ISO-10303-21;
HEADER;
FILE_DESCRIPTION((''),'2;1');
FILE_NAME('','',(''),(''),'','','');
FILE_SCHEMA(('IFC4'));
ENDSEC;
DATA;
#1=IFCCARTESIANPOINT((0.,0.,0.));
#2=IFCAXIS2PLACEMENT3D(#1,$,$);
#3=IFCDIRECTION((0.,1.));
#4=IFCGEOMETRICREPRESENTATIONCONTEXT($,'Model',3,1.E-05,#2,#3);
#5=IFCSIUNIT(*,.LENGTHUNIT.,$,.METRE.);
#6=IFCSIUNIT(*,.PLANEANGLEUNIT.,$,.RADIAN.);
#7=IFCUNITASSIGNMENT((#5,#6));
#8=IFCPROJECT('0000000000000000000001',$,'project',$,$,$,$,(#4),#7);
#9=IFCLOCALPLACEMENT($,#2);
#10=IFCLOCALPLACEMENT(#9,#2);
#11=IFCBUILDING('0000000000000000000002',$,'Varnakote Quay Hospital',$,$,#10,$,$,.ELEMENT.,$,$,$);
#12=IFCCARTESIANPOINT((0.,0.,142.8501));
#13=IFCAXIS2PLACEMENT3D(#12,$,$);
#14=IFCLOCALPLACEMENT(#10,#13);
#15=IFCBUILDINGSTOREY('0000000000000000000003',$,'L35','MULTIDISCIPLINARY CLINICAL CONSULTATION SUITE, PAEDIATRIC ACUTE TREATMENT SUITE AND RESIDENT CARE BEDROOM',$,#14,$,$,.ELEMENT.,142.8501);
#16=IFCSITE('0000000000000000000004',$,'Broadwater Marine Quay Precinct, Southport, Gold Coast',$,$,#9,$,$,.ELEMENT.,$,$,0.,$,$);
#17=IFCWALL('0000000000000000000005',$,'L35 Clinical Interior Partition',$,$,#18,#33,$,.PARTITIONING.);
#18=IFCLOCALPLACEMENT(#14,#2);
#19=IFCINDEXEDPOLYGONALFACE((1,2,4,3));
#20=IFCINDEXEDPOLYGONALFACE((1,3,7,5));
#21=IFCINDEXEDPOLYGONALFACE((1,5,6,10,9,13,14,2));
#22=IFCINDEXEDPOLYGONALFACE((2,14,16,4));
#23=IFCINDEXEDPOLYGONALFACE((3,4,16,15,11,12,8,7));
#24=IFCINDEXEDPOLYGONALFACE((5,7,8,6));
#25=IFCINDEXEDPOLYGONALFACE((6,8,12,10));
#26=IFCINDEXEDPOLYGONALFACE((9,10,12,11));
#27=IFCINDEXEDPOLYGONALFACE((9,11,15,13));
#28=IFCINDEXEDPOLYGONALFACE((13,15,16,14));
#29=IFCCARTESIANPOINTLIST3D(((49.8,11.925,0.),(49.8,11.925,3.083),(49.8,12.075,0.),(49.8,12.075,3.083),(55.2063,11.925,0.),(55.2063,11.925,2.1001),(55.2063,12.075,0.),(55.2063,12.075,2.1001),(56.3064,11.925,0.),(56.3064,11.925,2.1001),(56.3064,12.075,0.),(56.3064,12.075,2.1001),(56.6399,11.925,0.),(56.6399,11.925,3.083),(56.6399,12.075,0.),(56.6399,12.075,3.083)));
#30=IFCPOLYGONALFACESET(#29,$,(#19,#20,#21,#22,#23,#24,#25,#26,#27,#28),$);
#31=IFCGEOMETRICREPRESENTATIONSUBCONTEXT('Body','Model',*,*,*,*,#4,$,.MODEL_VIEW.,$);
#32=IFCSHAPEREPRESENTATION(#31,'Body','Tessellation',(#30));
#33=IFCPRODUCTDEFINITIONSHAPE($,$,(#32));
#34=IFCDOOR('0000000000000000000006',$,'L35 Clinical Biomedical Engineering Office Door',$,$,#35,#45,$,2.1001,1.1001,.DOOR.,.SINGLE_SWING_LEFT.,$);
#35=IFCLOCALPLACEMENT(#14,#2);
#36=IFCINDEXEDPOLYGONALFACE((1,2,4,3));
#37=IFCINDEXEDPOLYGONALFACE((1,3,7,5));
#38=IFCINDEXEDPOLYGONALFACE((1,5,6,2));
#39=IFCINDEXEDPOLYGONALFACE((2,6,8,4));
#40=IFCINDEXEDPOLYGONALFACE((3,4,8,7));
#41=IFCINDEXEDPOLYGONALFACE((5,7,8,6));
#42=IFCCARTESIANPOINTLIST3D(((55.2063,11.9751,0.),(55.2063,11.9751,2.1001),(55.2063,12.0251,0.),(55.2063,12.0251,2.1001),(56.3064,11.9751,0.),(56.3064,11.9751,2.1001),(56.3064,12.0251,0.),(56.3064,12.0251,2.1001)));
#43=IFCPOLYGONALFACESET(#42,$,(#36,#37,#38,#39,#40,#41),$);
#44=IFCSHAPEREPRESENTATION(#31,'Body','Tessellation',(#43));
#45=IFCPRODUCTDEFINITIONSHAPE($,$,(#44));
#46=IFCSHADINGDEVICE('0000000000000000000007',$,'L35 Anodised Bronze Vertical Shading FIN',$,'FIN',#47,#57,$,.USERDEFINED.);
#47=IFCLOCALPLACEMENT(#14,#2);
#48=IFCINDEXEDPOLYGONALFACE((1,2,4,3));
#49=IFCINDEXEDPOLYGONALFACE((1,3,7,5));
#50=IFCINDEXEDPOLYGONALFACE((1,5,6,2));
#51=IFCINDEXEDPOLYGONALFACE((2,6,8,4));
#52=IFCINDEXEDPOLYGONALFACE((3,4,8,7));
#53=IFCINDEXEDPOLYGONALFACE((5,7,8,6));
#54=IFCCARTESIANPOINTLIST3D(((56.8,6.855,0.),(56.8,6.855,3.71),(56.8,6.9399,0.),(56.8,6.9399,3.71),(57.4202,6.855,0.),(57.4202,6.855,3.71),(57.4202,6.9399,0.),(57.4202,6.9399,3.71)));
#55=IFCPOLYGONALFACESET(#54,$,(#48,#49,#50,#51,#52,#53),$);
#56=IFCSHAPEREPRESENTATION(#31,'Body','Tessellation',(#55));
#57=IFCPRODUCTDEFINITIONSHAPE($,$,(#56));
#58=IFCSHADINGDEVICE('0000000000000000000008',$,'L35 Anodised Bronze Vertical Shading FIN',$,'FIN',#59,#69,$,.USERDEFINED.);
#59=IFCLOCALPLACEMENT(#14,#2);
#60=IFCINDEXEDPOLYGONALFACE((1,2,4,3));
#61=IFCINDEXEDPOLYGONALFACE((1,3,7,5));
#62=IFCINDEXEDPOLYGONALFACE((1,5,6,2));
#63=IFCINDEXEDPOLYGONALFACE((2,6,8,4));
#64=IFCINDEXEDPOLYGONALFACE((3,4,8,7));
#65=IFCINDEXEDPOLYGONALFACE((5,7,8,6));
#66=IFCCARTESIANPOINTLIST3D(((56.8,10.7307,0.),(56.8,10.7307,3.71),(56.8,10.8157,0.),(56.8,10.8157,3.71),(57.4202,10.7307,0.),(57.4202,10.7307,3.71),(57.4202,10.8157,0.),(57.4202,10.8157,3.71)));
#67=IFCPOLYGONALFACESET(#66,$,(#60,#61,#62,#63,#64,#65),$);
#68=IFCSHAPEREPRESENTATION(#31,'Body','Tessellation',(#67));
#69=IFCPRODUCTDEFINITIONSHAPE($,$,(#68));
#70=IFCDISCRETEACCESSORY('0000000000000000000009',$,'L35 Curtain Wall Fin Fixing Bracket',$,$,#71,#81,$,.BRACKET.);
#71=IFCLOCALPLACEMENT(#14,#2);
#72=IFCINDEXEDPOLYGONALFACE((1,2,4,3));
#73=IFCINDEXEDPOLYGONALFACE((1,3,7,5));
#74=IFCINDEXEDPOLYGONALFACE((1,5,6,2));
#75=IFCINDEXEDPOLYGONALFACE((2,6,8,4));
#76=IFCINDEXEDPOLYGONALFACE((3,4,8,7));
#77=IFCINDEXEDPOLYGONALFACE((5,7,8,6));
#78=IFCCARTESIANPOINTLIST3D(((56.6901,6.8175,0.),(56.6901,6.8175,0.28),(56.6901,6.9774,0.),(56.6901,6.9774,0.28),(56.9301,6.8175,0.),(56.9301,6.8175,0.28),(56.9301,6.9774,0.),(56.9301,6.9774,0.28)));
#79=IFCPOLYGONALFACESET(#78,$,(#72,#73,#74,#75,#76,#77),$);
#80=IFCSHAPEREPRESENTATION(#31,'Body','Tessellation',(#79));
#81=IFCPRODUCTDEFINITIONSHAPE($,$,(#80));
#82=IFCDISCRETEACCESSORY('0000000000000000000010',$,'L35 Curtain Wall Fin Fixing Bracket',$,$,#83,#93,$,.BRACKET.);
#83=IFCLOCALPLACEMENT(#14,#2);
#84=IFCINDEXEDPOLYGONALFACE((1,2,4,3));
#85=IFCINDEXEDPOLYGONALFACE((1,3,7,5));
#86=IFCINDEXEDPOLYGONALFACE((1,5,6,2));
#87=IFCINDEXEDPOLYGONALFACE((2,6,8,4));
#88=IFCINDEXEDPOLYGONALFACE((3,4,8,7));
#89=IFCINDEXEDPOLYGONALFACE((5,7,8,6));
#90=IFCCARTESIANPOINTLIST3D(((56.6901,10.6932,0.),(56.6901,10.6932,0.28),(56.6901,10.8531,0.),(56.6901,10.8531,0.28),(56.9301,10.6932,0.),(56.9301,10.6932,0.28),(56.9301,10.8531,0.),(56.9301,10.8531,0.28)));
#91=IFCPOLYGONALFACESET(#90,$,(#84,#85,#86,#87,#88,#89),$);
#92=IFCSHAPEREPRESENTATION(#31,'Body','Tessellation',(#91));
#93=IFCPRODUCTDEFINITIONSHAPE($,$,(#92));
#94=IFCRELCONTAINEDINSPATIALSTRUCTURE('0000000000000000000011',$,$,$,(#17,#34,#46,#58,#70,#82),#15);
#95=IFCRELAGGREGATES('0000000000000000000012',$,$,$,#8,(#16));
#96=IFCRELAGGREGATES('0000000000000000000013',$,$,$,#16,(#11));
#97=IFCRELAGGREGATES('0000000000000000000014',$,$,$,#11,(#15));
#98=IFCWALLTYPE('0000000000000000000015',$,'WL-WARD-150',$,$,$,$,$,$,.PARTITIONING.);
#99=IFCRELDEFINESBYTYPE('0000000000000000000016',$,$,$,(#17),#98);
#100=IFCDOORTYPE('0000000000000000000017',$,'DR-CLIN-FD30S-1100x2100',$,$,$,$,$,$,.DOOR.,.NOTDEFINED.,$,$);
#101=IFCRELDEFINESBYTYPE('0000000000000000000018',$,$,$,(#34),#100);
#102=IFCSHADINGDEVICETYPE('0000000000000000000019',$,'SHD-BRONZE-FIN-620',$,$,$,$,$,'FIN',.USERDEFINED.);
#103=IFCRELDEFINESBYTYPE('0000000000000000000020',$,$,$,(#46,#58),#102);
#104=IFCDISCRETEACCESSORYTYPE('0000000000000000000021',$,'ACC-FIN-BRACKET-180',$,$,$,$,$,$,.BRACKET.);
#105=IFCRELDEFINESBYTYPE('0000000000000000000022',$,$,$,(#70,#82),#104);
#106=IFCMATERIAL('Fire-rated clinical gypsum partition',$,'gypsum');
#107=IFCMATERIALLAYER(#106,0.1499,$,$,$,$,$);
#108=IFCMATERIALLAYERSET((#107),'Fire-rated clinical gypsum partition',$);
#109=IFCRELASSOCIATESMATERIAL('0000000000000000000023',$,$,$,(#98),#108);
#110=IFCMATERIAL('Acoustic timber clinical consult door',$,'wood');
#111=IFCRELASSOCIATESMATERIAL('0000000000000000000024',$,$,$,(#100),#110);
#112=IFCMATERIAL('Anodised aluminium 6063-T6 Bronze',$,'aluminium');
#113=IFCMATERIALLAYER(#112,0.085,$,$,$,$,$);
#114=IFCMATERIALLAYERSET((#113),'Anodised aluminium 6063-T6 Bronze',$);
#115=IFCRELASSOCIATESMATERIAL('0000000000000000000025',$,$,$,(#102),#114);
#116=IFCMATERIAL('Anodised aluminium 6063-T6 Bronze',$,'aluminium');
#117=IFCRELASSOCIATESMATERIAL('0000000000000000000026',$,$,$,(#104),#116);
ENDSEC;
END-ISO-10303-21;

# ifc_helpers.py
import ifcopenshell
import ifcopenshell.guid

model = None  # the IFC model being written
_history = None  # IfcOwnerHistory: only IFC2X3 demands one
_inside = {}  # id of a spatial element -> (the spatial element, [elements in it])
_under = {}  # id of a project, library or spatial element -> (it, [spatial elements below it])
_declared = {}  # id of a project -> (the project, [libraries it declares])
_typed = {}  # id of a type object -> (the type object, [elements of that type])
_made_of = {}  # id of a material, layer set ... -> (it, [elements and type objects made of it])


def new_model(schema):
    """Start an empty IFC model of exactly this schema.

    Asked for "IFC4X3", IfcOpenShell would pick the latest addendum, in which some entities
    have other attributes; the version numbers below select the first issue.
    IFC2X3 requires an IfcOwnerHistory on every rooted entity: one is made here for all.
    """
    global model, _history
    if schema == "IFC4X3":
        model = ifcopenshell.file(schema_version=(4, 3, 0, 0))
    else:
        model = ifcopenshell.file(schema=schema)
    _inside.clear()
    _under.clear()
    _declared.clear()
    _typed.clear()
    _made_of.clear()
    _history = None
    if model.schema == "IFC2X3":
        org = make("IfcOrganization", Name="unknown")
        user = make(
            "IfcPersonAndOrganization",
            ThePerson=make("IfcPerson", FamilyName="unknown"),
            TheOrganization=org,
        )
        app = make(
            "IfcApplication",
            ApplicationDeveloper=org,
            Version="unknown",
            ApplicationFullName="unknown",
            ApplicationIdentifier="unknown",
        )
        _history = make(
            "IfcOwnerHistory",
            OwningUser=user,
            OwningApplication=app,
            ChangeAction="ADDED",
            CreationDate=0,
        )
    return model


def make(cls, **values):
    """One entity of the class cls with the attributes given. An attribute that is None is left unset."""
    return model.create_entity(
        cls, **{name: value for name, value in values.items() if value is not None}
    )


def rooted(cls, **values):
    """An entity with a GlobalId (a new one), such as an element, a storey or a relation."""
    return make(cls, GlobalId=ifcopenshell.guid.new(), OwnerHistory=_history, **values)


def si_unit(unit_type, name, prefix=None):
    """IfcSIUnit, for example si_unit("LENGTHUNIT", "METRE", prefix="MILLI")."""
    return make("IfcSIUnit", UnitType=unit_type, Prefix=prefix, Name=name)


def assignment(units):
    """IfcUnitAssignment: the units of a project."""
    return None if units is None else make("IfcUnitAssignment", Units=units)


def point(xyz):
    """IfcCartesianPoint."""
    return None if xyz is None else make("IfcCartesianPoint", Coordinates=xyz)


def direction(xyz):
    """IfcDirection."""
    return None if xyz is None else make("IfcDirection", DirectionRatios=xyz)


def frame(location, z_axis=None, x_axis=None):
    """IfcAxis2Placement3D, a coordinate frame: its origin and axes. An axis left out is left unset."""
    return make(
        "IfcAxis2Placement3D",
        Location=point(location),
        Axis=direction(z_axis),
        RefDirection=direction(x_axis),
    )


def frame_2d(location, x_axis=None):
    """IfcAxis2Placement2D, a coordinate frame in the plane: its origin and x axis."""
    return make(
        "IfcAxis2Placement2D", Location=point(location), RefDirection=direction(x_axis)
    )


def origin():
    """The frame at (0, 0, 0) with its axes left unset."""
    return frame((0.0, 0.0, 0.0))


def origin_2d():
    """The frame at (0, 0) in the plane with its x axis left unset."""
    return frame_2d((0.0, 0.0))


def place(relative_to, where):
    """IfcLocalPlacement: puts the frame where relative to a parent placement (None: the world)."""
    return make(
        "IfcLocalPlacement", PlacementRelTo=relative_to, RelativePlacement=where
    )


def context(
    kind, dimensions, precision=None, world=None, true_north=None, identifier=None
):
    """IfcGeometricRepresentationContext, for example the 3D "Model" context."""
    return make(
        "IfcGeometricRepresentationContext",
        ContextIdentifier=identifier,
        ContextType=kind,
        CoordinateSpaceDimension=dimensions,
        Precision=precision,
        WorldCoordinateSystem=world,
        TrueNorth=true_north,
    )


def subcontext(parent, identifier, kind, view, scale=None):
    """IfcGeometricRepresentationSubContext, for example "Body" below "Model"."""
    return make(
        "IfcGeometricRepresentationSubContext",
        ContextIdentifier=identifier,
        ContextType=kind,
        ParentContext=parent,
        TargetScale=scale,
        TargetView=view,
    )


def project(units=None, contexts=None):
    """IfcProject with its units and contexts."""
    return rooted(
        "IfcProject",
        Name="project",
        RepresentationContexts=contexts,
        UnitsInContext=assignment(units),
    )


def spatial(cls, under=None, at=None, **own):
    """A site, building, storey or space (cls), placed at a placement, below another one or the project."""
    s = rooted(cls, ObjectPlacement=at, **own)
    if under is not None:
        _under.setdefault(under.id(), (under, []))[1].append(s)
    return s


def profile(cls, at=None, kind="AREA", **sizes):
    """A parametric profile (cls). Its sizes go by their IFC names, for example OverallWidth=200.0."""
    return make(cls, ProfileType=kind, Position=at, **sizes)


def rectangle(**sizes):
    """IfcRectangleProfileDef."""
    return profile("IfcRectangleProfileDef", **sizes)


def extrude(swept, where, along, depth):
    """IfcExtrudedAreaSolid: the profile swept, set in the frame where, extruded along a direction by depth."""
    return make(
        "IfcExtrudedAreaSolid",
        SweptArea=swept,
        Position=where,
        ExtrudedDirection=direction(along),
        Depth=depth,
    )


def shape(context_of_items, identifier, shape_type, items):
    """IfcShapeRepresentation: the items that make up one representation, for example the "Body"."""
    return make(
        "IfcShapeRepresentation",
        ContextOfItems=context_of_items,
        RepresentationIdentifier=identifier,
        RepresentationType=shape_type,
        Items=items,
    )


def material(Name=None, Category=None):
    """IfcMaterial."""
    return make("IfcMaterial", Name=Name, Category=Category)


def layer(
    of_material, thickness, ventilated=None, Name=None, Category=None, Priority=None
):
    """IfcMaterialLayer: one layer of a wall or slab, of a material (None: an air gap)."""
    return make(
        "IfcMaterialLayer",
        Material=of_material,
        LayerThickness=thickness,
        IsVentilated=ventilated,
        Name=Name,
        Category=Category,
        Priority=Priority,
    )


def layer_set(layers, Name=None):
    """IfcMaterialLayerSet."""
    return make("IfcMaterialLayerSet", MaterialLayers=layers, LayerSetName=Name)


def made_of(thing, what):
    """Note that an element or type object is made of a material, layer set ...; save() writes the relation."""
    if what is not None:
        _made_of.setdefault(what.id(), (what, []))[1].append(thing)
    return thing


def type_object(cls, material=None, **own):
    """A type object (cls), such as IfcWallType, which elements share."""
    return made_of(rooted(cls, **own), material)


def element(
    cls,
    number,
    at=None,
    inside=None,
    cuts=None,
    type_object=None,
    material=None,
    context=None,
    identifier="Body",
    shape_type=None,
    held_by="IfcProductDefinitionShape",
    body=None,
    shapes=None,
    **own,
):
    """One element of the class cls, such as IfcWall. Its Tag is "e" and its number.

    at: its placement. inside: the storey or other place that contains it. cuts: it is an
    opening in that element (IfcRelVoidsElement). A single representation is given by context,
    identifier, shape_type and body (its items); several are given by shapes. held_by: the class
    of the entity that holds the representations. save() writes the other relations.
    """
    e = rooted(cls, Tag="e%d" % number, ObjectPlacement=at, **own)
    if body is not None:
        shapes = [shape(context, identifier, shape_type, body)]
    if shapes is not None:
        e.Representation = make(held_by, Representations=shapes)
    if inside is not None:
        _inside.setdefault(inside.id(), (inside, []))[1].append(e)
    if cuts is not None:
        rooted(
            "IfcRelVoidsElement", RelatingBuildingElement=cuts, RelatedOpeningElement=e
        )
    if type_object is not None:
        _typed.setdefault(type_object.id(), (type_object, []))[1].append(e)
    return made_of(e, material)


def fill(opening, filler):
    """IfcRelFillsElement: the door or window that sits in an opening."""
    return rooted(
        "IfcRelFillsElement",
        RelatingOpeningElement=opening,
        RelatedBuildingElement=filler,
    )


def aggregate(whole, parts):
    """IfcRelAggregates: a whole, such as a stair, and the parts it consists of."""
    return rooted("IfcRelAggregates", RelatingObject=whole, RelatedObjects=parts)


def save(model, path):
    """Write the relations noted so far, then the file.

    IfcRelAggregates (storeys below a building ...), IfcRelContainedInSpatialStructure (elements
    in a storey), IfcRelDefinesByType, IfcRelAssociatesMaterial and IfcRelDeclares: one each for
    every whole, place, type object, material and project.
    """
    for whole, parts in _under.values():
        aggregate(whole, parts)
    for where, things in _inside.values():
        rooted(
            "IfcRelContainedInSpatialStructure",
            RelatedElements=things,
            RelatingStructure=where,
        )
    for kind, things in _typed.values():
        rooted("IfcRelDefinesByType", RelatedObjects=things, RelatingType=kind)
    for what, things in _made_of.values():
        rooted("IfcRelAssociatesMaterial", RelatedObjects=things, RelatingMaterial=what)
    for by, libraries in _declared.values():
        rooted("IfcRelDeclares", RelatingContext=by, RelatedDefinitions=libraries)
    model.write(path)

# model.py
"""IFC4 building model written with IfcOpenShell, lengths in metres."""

from ifc_helpers import new_model, si_unit, direction, frame, frame_2d, origin, origin_2d, place, context, subcontext, project, spatial, rectangle, extrude, material, layer, layer_set, type_object, element, fill, save


model = new_model("IFC4")

# Units and contexts
model_context = context("Model", 3, precision=1e-05, world=origin(), true_north=direction((0.0, 1.0)))
body_context = subcontext(model_context, "Body", "Model", "MODEL_VIEW")
ifc_project = project(units=[si_unit("LENGTHUNIT", "METRE"), si_unit("PLANEANGLEUNIT", "RADIAN")], contexts=[model_context])

# Site, building, storey
site_placement = place(None, origin())
site = spatial("IfcSite", under=ifc_project, at=site_placement, Name="Broadwater Marine Quay Precinct, Southport, Gold Coast", CompositionType="ELEMENT", RefElevation=0.0)
building_placement = place(site_placement, origin())
building = spatial("IfcBuilding", under=site, at=building_placement, Name="Varnakote Quay Hospital", CompositionType="ELEMENT")
storey_placement = place(building_placement, frame((0.0, 0.0, 142.8501)))
storey = spatial("IfcBuildingStorey", under=building, at=storey_placement, Name="L35", Description="MULTIDISCIPLINARY CLINICAL CONSULTATION SUITE, PAEDIATRIC ACUTE TREATMENT SUITE AND RESIDENT CARE BEDROOM", CompositionType="ELEMENT", Elevation=142.8501)

# Wall, opening, door
ifc_material_1 = material(Name="Fire-rated clinical gypsum partition", Category="gypsum")
ifc_layer_1 = layer(ifc_material_1, 0.1499)
ifc_layer_set_1 = layer_set([ifc_layer_1], Name="Fire-rated clinical gypsum partition")
wall_type_1 = type_object("IfcWallType", Name="WL-WARD-150", PredefinedType="PARTITIONING", material=ifc_layer_set_1)
wall_1_placement = place(storey_placement, frame((56.6399, 12.0, 0.0), z_axis=(0.0, 0.0, 1.0), x_axis=(-1.0, 0.0, 0.0)))
wall_1 = element("IfcWall", 1, at=wall_1_placement, inside=storey, type_object=wall_type_1, Name="L35 Clinical Interior Partition", PredefinedType="PARTITIONING", context=body_context, shape_type="SweptSolid", body=[
    extrude(rectangle(XDim=6.8398, YDim=0.1499, at=frame_2d((3.4199, 0.0))), origin(), (0.0, 0.0, 1.0), 3.083),
])
opening_placement = place(wall_1_placement, frame((0.3335, 0.0, 0.0)))
opening = element("IfcOpeningElement", 2, at=opening_placement, cuts=wall_1, PredefinedType="OPENING", context=body_context, shape_type="SweptSolid", body=[
    extrude(rectangle(XDim=1.1001, YDim=2.1001, at=frame_2d((0.55, 1.05))), frame((0.0, 0.085, 0.0), z_axis=(0.0, -1.0, 0.0), x_axis=(1.0, 0.0, 0.0)), (0.0, 0.0, 1.0), 0.1699),
])
ifc_material_2 = material(Name="Acoustic timber clinical consult door", Category="wood")
door_type = type_object("IfcDoorType", Name="DR-CLIN-FD30S-1100x2100", OperationType="NOTDEFINED", PredefinedType="DOOR", material=ifc_material_2)
door_placement = place(opening_placement, origin())
door = element("IfcDoor", 3, at=door_placement, inside=storey, type_object=door_type, Name="L35 Clinical Biomedical Engineering Office Door", OperationType="SINGLE_SWING_LEFT", OverallHeight=2.1001, OverallWidth=1.1001, PredefinedType="DOOR", context=body_context, shape_type="SweptSolid", body=[
    extrude(rectangle(XDim=1.1001, YDim=2.1001, at=frame_2d((0.55, 1.05))), frame((0.0, 0.0249, 0.0), z_axis=(0.0, -1.0, 0.0), x_axis=(1.0, 0.0, 0.0)), (0.0, 0.0, 1.0), 0.05),
])
fill(opening, door)

# Shading devices
ifc_material_3 = material(Name="Anodised aluminium 6063-T6 Bronze", Category="aluminium")
ifc_layer_2 = layer(ifc_material_3, 0.085)
ifc_layer_set_2 = layer_set([ifc_layer_2], Name="Anodised aluminium 6063-T6 Bronze")
shading_device_type = type_object("IfcShadingDeviceType", Name="SHD-BRONZE-FIN-620", ElementType="FIN", PredefinedType="USERDEFINED", material=ifc_layer_set_2)
for number, where, z_axis, x_axis, name in (
    (4, (57.1101, 6.8975, 0.0), (0.0, 0.0, 1.0), (-1.0, 0.0, 0.0), "L35 Anodised Bronze Vertical Shading FIN"),
    (5, (57.1101, 10.7732, 0.0), (0.0, 0.0, 1.0), (-1.0, 0.0, 0.0), "L35 Anodised Bronze Vertical Shading FIN"),
):
    element("IfcShadingDevice", number, at=place(storey_placement, frame(where, z_axis=z_axis, x_axis=x_axis)), inside=storey, type_object=shading_device_type, Name=name, ObjectType="FIN", PredefinedType="USERDEFINED", context=body_context, shape_type="SweptSolid", body=[
        extrude(rectangle(XDim=0.6201, YDim=0.085, at=origin_2d()), origin(), (0.0, 0.0, 1.0), 3.71),
    ])

# Discrete accessories
ifc_material_4 = material(Name="Anodised aluminium 6063-T6 Bronze", Category="aluminium")
discrete_accessory_type = type_object("IfcDiscreteAccessoryType", Name="ACC-FIN-BRACKET-180", PredefinedType="BRACKET", material=ifc_material_4)
for number, where, z_axis, x_axis, name in (
    (6, (56.8101, 6.8975, 0.0), (0.0, 0.0, 1.0), (0.0, 1.0, 0.0), "L35 Curtain Wall Fin Fixing Bracket"),
    (7, (56.8101, 10.7732, 0.0), (0.0, 0.0, 1.0), (0.0, 1.0, 0.0), "L35 Curtain Wall Fin Fixing Bracket"),
):
    element("IfcDiscreteAccessory", number, at=place(storey_placement, frame(where, z_axis=z_axis, x_axis=x_axis)), inside=storey, type_object=discrete_accessory_type, Name=name, PredefinedType="BRACKET", context=body_context, shape_type="SweptSolid", body=[
        extrude(rectangle(XDim=0.1599, YDim=0.24, at=origin_2d()), origin(), (0.0, 0.0, 1.0), 0.28),
    ])

save(model, "model.ifc")
